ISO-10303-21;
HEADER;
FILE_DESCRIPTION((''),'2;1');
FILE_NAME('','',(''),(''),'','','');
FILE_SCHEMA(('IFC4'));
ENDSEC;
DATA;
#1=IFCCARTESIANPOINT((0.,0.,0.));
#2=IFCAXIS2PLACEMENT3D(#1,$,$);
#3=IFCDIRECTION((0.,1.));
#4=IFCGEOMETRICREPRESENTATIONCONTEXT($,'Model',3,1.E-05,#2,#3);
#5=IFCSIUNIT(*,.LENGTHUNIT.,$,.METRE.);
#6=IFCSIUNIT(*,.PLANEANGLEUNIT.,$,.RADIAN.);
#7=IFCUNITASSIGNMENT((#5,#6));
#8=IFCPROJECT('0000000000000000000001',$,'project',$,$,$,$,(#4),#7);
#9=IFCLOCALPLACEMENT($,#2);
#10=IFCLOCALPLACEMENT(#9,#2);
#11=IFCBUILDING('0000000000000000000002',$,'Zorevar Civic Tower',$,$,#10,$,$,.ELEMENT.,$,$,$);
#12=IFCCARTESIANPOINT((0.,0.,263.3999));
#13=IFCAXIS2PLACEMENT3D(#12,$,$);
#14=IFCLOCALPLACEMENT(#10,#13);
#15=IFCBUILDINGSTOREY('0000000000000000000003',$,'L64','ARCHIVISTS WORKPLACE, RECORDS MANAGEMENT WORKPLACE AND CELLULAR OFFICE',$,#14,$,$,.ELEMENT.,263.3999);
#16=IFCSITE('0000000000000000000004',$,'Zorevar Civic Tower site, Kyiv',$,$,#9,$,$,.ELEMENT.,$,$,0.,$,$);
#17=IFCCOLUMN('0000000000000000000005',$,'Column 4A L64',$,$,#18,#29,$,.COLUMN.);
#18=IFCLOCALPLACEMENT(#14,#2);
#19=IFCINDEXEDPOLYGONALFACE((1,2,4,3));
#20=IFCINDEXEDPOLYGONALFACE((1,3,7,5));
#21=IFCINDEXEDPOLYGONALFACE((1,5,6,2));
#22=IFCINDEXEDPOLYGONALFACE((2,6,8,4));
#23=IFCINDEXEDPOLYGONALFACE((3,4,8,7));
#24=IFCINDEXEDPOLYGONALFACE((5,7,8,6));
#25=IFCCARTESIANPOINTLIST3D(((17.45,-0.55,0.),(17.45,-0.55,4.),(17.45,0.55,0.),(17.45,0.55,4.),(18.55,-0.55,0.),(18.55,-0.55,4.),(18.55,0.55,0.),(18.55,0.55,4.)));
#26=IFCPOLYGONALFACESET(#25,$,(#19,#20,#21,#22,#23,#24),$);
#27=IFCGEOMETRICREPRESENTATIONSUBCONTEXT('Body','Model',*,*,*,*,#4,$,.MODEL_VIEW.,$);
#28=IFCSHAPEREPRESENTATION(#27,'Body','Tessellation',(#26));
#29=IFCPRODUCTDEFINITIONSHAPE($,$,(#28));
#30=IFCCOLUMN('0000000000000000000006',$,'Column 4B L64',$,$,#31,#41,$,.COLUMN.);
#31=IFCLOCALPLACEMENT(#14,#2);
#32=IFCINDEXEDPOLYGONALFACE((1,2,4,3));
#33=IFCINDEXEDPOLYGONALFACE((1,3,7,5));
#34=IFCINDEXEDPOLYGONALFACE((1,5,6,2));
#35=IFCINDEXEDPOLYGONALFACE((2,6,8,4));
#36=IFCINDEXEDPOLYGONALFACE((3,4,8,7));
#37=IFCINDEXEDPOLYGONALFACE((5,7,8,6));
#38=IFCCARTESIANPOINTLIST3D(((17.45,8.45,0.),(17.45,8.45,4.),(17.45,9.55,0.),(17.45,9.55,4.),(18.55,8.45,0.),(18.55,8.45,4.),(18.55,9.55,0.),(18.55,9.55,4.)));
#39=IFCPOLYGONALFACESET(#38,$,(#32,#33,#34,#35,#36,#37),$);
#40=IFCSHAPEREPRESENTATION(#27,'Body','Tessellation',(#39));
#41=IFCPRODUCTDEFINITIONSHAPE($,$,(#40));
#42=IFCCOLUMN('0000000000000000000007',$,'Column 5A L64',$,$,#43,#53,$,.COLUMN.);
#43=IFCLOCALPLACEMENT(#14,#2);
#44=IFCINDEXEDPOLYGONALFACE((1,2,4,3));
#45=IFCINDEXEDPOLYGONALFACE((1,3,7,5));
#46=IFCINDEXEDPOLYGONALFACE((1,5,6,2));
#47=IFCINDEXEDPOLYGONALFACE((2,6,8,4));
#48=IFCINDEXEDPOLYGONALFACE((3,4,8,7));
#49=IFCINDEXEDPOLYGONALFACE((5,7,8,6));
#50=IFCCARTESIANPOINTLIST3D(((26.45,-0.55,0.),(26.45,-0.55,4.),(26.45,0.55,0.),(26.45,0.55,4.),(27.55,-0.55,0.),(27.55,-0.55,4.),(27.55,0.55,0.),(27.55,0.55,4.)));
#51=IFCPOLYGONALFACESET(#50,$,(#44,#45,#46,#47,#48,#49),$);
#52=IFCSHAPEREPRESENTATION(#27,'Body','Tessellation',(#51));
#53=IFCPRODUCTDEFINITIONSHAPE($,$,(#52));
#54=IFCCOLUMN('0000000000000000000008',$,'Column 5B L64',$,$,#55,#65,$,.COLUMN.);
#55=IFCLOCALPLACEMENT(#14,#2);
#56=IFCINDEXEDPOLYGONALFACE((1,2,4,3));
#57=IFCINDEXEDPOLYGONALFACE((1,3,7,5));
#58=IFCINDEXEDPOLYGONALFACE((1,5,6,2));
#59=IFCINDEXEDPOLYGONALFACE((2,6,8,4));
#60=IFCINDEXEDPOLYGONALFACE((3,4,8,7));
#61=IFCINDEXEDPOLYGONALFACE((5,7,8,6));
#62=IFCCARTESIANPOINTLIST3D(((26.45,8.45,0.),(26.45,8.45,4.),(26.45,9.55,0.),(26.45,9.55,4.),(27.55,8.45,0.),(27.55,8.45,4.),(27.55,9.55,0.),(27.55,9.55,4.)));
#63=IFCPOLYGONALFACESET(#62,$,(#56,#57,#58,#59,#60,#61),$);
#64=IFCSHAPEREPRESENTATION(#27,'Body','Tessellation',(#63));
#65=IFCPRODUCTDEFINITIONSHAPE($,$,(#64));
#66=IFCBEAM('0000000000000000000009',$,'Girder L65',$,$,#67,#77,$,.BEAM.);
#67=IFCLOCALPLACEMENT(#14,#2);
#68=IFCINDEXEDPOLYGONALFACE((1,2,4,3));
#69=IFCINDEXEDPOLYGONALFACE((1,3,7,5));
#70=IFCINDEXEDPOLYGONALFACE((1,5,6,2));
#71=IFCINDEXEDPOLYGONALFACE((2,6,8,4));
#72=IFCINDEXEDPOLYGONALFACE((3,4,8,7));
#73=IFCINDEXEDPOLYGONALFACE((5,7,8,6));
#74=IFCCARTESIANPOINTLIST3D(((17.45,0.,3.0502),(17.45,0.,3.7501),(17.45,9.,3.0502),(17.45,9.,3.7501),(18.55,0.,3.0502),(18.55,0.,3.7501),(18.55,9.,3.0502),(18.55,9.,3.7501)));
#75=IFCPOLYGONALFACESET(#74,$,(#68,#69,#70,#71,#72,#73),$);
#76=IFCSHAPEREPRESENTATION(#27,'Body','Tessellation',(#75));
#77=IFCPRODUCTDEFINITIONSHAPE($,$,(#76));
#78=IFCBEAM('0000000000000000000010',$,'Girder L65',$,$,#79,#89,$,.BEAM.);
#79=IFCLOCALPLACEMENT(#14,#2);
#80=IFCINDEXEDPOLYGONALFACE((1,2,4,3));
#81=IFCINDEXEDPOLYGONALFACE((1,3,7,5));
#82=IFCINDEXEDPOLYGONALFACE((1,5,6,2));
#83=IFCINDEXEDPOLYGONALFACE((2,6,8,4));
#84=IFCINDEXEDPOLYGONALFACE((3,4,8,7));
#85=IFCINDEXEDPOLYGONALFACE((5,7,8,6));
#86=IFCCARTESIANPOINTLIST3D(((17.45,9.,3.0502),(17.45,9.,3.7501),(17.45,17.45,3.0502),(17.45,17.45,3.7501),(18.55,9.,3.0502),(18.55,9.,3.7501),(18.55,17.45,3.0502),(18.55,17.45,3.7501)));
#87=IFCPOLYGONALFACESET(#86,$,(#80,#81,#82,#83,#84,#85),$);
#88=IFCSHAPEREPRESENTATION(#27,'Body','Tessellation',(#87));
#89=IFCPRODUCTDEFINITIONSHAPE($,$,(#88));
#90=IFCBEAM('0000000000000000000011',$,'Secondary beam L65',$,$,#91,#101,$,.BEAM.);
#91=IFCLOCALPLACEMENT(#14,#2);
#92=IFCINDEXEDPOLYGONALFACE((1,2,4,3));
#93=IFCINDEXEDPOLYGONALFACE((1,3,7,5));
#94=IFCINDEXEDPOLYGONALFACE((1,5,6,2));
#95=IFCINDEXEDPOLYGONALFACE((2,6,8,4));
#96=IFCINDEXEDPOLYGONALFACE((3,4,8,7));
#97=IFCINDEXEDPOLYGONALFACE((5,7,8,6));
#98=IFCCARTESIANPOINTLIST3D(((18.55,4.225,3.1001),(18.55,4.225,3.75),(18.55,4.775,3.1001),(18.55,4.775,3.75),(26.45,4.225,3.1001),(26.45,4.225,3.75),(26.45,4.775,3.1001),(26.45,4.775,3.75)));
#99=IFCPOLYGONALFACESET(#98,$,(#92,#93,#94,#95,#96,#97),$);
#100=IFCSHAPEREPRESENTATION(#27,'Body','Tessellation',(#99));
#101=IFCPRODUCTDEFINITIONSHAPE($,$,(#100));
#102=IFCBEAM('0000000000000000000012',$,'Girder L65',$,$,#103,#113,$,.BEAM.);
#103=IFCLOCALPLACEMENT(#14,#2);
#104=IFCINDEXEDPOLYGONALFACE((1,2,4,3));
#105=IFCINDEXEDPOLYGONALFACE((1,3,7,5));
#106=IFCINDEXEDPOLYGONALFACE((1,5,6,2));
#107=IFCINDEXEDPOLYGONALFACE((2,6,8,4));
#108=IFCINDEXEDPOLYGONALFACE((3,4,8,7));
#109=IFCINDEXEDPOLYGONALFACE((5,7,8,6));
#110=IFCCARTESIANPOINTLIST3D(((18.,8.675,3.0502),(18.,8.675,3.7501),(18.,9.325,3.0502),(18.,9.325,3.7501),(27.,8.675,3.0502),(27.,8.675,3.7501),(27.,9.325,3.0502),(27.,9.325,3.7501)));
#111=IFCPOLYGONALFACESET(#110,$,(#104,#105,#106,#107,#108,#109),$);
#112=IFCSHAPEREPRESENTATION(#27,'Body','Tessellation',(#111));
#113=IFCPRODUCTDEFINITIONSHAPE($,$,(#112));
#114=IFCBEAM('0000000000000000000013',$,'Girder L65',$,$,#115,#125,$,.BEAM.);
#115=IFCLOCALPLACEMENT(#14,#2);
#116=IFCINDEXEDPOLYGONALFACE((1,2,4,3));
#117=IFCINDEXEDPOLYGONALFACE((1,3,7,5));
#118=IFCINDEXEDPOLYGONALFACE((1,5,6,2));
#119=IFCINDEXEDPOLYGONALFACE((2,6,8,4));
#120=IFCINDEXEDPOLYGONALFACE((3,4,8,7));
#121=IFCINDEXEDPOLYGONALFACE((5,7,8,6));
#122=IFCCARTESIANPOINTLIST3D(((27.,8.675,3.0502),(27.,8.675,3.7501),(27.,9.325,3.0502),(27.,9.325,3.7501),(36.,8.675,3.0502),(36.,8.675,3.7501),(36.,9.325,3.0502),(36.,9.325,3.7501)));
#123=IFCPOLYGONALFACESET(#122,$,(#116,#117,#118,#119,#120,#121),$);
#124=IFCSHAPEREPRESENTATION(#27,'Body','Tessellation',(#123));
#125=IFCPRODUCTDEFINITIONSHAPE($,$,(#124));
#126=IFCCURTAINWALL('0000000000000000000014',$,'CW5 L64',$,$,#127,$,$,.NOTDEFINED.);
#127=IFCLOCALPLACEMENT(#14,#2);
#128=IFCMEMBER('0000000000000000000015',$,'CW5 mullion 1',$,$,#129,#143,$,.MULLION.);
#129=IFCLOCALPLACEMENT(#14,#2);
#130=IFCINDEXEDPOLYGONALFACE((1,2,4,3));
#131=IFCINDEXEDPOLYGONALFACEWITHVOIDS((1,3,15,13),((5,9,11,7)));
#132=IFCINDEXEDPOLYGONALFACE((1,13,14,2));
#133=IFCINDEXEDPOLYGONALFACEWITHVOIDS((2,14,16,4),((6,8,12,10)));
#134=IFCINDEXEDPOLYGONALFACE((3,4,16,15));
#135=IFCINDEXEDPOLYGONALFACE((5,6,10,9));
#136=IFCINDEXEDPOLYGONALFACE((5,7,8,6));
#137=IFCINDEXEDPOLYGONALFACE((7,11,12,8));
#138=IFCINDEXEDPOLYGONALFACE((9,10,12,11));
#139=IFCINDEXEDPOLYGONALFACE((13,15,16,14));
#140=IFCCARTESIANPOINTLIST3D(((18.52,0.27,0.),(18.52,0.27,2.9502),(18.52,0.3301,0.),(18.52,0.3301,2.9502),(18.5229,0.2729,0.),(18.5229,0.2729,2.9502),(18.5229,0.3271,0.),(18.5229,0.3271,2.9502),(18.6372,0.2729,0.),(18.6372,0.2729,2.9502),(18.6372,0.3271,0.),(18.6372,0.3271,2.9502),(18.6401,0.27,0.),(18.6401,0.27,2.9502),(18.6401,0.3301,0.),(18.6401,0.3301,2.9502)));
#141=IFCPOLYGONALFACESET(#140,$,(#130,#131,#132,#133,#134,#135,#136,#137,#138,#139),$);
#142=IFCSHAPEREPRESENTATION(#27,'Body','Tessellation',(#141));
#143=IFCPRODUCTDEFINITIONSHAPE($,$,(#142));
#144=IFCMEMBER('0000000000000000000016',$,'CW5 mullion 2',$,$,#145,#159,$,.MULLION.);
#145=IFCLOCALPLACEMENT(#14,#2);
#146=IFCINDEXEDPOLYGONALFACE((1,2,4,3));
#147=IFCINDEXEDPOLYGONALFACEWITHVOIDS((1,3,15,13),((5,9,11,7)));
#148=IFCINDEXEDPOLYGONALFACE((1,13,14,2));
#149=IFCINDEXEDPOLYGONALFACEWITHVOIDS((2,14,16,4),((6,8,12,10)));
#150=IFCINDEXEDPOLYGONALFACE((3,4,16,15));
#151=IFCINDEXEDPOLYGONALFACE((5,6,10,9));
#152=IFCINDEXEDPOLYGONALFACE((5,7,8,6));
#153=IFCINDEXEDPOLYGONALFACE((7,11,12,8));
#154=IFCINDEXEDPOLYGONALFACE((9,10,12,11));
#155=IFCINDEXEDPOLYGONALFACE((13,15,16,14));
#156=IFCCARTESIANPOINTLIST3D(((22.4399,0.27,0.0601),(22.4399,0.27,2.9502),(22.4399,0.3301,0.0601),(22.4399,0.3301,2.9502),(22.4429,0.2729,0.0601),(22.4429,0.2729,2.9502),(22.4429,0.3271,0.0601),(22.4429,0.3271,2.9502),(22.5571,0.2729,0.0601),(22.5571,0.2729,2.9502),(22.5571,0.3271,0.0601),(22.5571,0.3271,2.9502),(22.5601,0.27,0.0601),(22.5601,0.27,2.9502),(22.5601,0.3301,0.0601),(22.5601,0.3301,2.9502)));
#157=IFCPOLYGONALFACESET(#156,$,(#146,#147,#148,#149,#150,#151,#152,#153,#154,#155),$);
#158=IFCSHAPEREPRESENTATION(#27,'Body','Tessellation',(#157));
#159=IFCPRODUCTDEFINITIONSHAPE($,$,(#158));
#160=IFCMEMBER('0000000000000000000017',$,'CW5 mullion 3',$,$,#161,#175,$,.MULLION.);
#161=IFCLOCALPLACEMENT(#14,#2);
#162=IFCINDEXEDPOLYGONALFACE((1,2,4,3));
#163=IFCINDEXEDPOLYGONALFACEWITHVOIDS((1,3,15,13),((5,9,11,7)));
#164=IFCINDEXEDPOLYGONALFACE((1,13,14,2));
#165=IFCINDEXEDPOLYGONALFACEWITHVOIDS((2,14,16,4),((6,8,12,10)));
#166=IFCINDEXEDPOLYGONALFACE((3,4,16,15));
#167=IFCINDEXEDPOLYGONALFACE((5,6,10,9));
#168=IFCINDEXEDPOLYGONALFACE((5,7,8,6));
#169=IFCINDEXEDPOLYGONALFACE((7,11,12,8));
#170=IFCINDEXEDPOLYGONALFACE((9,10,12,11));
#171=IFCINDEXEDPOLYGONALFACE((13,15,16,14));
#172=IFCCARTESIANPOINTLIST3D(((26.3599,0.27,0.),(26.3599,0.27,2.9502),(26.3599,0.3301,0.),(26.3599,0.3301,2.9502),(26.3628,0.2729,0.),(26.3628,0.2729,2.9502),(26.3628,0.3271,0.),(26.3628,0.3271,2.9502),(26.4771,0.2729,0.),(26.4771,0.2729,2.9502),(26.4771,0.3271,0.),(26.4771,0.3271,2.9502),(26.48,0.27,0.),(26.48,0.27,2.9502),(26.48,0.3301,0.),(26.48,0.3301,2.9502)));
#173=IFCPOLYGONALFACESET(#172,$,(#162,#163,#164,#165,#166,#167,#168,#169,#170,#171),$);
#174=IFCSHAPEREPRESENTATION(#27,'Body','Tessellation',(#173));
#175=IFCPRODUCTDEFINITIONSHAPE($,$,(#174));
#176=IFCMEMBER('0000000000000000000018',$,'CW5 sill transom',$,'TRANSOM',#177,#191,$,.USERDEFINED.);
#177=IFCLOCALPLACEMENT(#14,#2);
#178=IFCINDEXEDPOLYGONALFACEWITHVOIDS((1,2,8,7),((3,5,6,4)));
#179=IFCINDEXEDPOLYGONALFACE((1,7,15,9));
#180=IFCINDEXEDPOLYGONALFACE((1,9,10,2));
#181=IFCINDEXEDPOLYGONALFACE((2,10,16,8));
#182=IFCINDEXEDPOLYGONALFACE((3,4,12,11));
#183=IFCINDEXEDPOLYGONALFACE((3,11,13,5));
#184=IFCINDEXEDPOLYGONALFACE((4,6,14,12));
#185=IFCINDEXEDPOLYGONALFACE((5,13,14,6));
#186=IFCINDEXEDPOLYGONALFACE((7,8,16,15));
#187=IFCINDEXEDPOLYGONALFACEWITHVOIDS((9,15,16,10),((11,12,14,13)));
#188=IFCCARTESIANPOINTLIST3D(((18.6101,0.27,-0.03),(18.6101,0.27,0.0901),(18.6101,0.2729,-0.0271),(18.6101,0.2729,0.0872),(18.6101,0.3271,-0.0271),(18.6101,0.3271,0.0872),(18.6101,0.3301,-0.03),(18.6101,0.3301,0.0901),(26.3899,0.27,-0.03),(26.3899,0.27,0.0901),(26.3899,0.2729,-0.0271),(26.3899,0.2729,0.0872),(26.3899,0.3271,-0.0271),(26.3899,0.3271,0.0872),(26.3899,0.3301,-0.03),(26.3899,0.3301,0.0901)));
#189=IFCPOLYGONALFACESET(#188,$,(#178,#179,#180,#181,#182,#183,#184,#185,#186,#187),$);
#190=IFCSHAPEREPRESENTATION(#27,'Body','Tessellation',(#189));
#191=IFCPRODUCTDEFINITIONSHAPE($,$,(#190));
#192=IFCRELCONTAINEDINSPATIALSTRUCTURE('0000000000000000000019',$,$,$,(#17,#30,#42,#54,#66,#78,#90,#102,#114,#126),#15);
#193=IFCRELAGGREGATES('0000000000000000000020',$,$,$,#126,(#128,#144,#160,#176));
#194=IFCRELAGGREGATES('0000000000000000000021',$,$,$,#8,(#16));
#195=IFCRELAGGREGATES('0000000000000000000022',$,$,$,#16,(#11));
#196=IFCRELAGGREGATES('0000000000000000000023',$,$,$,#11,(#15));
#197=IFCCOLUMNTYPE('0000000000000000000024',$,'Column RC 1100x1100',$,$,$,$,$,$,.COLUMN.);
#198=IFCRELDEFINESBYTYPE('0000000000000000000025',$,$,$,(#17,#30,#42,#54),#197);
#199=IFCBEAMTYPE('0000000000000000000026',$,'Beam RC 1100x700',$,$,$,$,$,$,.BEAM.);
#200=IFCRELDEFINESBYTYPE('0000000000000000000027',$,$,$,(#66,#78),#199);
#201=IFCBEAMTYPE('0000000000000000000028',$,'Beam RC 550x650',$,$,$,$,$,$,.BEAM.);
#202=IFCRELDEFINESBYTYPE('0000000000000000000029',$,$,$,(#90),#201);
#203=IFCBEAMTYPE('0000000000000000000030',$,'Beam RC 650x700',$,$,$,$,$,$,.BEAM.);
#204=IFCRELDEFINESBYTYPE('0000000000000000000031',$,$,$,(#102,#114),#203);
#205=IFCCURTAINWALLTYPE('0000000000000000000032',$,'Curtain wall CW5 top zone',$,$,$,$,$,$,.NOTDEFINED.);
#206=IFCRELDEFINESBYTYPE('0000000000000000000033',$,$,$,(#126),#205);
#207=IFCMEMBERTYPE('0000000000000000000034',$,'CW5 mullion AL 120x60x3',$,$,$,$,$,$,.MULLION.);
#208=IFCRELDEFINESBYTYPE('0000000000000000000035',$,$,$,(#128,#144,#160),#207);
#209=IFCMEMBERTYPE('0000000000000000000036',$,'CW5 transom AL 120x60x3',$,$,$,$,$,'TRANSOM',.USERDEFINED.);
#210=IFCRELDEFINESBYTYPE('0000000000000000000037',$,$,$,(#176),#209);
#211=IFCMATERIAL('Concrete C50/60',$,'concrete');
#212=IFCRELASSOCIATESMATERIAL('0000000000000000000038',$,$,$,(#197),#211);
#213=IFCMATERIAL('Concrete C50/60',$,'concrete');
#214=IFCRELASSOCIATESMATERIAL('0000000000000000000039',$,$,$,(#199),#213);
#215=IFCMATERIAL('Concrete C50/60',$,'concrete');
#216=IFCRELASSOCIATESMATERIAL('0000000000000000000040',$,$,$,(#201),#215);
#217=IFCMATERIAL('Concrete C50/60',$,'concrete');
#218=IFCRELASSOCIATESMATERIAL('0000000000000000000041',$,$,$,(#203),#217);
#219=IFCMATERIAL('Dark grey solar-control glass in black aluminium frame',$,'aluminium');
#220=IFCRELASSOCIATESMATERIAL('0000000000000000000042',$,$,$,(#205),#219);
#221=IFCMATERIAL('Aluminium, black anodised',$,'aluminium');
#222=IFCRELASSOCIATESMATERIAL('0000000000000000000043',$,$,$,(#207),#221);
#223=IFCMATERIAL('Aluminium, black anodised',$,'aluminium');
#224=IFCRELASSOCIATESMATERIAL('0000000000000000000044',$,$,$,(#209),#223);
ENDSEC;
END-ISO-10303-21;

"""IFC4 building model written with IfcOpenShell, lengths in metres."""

from ifc_helpers import new_model, si_unit, direction, frame, origin, origin_2d, place, context, subcontext, project, spatial, rectangle, hollow_rectangle, extrude, material, material_profile, profile_set, type_object, element, aggregate, save


model = new_model("IFC4")

# Units and contexts
model_context = context("Model", 3, precision=1e-05, world=origin(), true_north=direction((0.0, 1.0)))
body_context = subcontext(model_context, "Body", "Model", "MODEL_VIEW")
ifc_project = project(units=[si_unit("LENGTHUNIT", "METRE"), si_unit("PLANEANGLEUNIT", "RADIAN")], contexts=[model_context])

# Site, building, storey
site_placement = place(None, origin())
site = spatial("IfcSite", under=ifc_project, at=site_placement, Name="Zorevar Civic Tower site, Kyiv", CompositionType="ELEMENT", RefElevation=0.0)
building_placement = place(site_placement, origin())
building = spatial("IfcBuilding", under=site, at=building_placement, Name="Zorevar Civic Tower", CompositionType="ELEMENT")
storey_placement = place(building_placement, frame((0.0, 0.0, 263.3999)))
storey = spatial("IfcBuildingStorey", under=building, at=storey_placement, Name="L64", Description="ARCHIVISTS WORKPLACE, RECORDS MANAGEMENT WORKPLACE AND CELLULAR OFFICE", CompositionType="ELEMENT", Elevation=263.3999)

# Columns
ifc_material_1 = material(Name="Concrete C50/60", Category="concrete")
ifc_material_profile_1 = material_profile(ifc_material_1, rectangle(XDim=1.1001, YDim=1.1001, at=origin_2d()), Name="RC 1100x1100")
ifc_profile_set_1 = profile_set([ifc_material_profile_1], Name="Concrete C50/60")
column_type = type_object("IfcColumnType", Name="Column RC 1100x1100", PredefinedType="COLUMN", material=ifc_profile_set_1)
for number, where, z_axis, x_axis, name in (
    (1, (18.0, 0.0, 0.0), (0.0, 0.0, 1.0), (1.0, 0.0, 0.0), "Column 4A L64"),
    (2, (18.0, 9.0, 0.0), (0.0, 0.0, 1.0), (1.0, 0.0, 0.0), "Column 4B L64"),
    (3, (27.0, 0.0, 0.0), (0.0, 0.0, 1.0), (1.0, 0.0, 0.0), "Column 5A L64"),
    (4, (27.0, 9.0, 0.0), (0.0, 0.0, 1.0), (1.0, 0.0, 0.0), "Column 5B L64"),
):
    element("IfcColumn", number, at=place(storey_placement, frame(where, z_axis=z_axis, x_axis=x_axis)), inside=storey, type_object=column_type, Name=name, PredefinedType="COLUMN", context=body_context, shape_type="SweptSolid", body=[
        extrude(rectangle(XDim=1.1001, YDim=1.1001, at=origin_2d()), origin(), (0.0, 0.0, 1.0), 4.0),
    ])

# Beams
ifc_material_2 = material(Name="Concrete C50/60", Category="concrete")
ifc_material_profile_2 = material_profile(ifc_material_2, rectangle(XDim=1.1001, YDim=0.7, at=origin_2d()), Name="RC 1100x700")
ifc_profile_set_2 = profile_set([ifc_material_profile_2], Name="Concrete C50/60")
beam_type_1 = type_object("IfcBeamType", Name="Beam RC 1100x700", PredefinedType="BEAM", material=ifc_profile_set_2)
beam_1_placement = place(storey_placement, frame((18.0, 0.0, 3.4001), z_axis=(0.0, 1.0, 0.0), x_axis=(-1.0, 0.0, 0.0)))
element("IfcBeam", 5, at=beam_1_placement, inside=storey, type_object=beam_type_1, Name="Girder L65", PredefinedType="BEAM", context=body_context, shape_type="SweptSolid", body=[
    extrude(rectangle(XDim=1.1001, YDim=0.7, at=origin_2d()), origin(), (0.0, 0.0, 1.0), 9.0),
])
beam_2_placement = place(storey_placement, frame((18.0, 9.0, 3.4001), z_axis=(0.0, 1.0, 0.0), x_axis=(-1.0, 0.0, 0.0)))
element("IfcBeam", 6, at=beam_2_placement, inside=storey, type_object=beam_type_1, Name="Girder L65", PredefinedType="BEAM", context=body_context, shape_type="SweptSolid", body=[
    extrude(rectangle(XDim=1.1001, YDim=0.7, at=origin_2d()), origin(), (0.0, 0.0, 1.0), 8.45),
])
ifc_material_3 = material(Name="Concrete C50/60", Category="concrete")
ifc_material_profile_3 = material_profile(ifc_material_3, rectangle(XDim=0.55, YDim=0.6499, at=origin_2d()), Name="RC 550x650")
ifc_profile_set_3 = profile_set([ifc_material_profile_3], Name="Concrete C50/60")
beam_type_2 = type_object("IfcBeamType", Name="Beam RC 550x650", PredefinedType="BEAM", material=ifc_profile_set_3)
beam_3_placement = place(storey_placement, frame((18.55, 4.5, 3.425), z_axis=(1.0, 0.0, 0.0), x_axis=(0.0, 1.0, 0.0)))
element("IfcBeam", 7, at=beam_3_placement, inside=storey, type_object=beam_type_2, Name="Secondary beam L65", PredefinedType="BEAM", context=body_context, shape_type="SweptSolid", body=[
    extrude(rectangle(XDim=0.55, YDim=0.6499, at=origin_2d()), origin(), (0.0, 0.0, 1.0), 7.8999),
])
ifc_material_4 = material(Name="Concrete C50/60", Category="concrete")
ifc_material_profile_4 = material_profile(ifc_material_4, rectangle(XDim=0.6499, YDim=0.7, at=origin_2d()), Name="RC 650x700")
ifc_profile_set_4 = profile_set([ifc_material_profile_4], Name="Concrete C50/60")
beam_type_3 = type_object("IfcBeamType", Name="Beam RC 650x700", PredefinedType="BEAM", material=ifc_profile_set_4)
for number, where, z_axis, x_axis, name in (
    (8, (18.0, 9.0, 3.4001), (1.0, 0.0, 0.0), (0.0, 1.0, 0.0), "Girder L65"),
    (9, (27.0, 9.0, 3.4001), (1.0, 0.0, 0.0), (0.0, 1.0, 0.0), "Girder L65"),
):
    element("IfcBeam", number, at=place(storey_placement, frame(where, z_axis=z_axis, x_axis=x_axis)), inside=storey, type_object=beam_type_3, Name=name, PredefinedType="BEAM", context=body_context, shape_type="SweptSolid", body=[
        extrude(rectangle(XDim=0.6499, YDim=0.7, at=origin_2d()), origin(), (0.0, 0.0, 1.0), 9.0),
    ])

# Curtain wall, members
ifc_material_5 = material(Name="Dark grey solar-control glass in black aluminium frame", Category="aluminium")
curtain_wall_type = type_object("IfcCurtainWallType", Name="Curtain wall CW5 top zone", PredefinedType="NOTDEFINED", material=ifc_material_5)
curtain_wall_placement = place(storey_placement, origin())
curtain_wall = element("IfcCurtainWall", 10, at=curtain_wall_placement, inside=storey, type_object=curtain_wall_type, Name="CW5 L64", PredefinedType="NOTDEFINED")
ifc_material_6 = material(Name="Aluminium, black anodised", Category="aluminium")
ifc_material_profile_5 = material_profile(ifc_material_6, hollow_rectangle(XDim=0.0601, YDim=0.1201, WallThickness=0.0029, at=origin_2d()), Name="AL 120x60x3")
ifc_profile_set_5 = profile_set([ifc_material_profile_5], Name="Aluminium, black anodised")
member_type_1 = type_object("IfcMemberType", Name="CW5 mullion AL 120x60x3", PredefinedType="MULLION", material=ifc_profile_set_5)
member_1_placement = place(storey_placement, frame((18.5801, 0.3, 0.0), z_axis=(0.0, 0.0, 1.0), x_axis=(0.0, 1.0, 0.0)))
member_1 = element("IfcMember", 11, at=member_1_placement, type_object=member_type_1, Name="CW5 mullion 1", PredefinedType="MULLION", context=body_context, shape_type="SweptSolid", body=[
    extrude(hollow_rectangle(XDim=0.0601, YDim=0.1201, WallThickness=0.0029, at=origin_2d()), origin(), (0.0, 0.0, 1.0), 2.9502),
])
member_2_placement = place(storey_placement, frame((22.5, 0.3, 0.0601), z_axis=(0.0, 0.0, 1.0), x_axis=(0.0, 1.0, 0.0)))
member_2 = element("IfcMember", 12, at=member_2_placement, type_object=member_type_1, Name="CW5 mullion 2", PredefinedType="MULLION", context=body_context, shape_type="SweptSolid", body=[
    extrude(hollow_rectangle(XDim=0.0601, YDim=0.1201, WallThickness=0.0029, at=origin_2d()), origin(), (0.0, 0.0, 1.0), 2.8901),
])
member_3_placement = place(storey_placement, frame((26.4199, 0.3, 0.0), z_axis=(0.0, 0.0, 1.0), x_axis=(0.0, 1.0, 0.0)))
member_3 = element("IfcMember", 13, at=member_3_placement, type_object=member_type_1, Name="CW5 mullion 3", PredefinedType="MULLION", context=body_context, shape_type="SweptSolid", body=[
    extrude(hollow_rectangle(XDim=0.0601, YDim=0.1201, WallThickness=0.0029, at=origin_2d()), origin(), (0.0, 0.0, 1.0), 2.9502),
])
ifc_material_7 = material(Name="Aluminium, black anodised", Category="aluminium")
ifc_material_profile_6 = material_profile(ifc_material_7, hollow_rectangle(XDim=0.0601, YDim=0.1201, WallThickness=0.0029, at=origin_2d()), Name="AL 120x60x3")
ifc_profile_set_6 = profile_set([ifc_material_profile_6], Name="Aluminium, black anodised")
member_type_2 = type_object("IfcMemberType", Name="CW5 transom AL 120x60x3", ElementType="TRANSOM", PredefinedType="USERDEFINED", material=ifc_profile_set_6)
member_4_placement = place(storey_placement, frame((18.6101, 0.3, 0.03), z_axis=(1.0, 0.0, 0.0), x_axis=(0.0, 1.0, 0.0)))
member_4 = element("IfcMember", 14, at=member_4_placement, type_object=member_type_2, Name="CW5 sill transom", ObjectType="TRANSOM", PredefinedType="USERDEFINED", context=body_context, shape_type="SweptSolid", body=[
    extrude(hollow_rectangle(XDim=0.0601, YDim=0.1201, WallThickness=0.0029, at=origin_2d()), origin(), (0.0, 0.0, 1.0), 7.7798),
])

aggregate(curtain_wall, [member_1, member_2, member_3, member_4])

save(model, "model.ifc")
